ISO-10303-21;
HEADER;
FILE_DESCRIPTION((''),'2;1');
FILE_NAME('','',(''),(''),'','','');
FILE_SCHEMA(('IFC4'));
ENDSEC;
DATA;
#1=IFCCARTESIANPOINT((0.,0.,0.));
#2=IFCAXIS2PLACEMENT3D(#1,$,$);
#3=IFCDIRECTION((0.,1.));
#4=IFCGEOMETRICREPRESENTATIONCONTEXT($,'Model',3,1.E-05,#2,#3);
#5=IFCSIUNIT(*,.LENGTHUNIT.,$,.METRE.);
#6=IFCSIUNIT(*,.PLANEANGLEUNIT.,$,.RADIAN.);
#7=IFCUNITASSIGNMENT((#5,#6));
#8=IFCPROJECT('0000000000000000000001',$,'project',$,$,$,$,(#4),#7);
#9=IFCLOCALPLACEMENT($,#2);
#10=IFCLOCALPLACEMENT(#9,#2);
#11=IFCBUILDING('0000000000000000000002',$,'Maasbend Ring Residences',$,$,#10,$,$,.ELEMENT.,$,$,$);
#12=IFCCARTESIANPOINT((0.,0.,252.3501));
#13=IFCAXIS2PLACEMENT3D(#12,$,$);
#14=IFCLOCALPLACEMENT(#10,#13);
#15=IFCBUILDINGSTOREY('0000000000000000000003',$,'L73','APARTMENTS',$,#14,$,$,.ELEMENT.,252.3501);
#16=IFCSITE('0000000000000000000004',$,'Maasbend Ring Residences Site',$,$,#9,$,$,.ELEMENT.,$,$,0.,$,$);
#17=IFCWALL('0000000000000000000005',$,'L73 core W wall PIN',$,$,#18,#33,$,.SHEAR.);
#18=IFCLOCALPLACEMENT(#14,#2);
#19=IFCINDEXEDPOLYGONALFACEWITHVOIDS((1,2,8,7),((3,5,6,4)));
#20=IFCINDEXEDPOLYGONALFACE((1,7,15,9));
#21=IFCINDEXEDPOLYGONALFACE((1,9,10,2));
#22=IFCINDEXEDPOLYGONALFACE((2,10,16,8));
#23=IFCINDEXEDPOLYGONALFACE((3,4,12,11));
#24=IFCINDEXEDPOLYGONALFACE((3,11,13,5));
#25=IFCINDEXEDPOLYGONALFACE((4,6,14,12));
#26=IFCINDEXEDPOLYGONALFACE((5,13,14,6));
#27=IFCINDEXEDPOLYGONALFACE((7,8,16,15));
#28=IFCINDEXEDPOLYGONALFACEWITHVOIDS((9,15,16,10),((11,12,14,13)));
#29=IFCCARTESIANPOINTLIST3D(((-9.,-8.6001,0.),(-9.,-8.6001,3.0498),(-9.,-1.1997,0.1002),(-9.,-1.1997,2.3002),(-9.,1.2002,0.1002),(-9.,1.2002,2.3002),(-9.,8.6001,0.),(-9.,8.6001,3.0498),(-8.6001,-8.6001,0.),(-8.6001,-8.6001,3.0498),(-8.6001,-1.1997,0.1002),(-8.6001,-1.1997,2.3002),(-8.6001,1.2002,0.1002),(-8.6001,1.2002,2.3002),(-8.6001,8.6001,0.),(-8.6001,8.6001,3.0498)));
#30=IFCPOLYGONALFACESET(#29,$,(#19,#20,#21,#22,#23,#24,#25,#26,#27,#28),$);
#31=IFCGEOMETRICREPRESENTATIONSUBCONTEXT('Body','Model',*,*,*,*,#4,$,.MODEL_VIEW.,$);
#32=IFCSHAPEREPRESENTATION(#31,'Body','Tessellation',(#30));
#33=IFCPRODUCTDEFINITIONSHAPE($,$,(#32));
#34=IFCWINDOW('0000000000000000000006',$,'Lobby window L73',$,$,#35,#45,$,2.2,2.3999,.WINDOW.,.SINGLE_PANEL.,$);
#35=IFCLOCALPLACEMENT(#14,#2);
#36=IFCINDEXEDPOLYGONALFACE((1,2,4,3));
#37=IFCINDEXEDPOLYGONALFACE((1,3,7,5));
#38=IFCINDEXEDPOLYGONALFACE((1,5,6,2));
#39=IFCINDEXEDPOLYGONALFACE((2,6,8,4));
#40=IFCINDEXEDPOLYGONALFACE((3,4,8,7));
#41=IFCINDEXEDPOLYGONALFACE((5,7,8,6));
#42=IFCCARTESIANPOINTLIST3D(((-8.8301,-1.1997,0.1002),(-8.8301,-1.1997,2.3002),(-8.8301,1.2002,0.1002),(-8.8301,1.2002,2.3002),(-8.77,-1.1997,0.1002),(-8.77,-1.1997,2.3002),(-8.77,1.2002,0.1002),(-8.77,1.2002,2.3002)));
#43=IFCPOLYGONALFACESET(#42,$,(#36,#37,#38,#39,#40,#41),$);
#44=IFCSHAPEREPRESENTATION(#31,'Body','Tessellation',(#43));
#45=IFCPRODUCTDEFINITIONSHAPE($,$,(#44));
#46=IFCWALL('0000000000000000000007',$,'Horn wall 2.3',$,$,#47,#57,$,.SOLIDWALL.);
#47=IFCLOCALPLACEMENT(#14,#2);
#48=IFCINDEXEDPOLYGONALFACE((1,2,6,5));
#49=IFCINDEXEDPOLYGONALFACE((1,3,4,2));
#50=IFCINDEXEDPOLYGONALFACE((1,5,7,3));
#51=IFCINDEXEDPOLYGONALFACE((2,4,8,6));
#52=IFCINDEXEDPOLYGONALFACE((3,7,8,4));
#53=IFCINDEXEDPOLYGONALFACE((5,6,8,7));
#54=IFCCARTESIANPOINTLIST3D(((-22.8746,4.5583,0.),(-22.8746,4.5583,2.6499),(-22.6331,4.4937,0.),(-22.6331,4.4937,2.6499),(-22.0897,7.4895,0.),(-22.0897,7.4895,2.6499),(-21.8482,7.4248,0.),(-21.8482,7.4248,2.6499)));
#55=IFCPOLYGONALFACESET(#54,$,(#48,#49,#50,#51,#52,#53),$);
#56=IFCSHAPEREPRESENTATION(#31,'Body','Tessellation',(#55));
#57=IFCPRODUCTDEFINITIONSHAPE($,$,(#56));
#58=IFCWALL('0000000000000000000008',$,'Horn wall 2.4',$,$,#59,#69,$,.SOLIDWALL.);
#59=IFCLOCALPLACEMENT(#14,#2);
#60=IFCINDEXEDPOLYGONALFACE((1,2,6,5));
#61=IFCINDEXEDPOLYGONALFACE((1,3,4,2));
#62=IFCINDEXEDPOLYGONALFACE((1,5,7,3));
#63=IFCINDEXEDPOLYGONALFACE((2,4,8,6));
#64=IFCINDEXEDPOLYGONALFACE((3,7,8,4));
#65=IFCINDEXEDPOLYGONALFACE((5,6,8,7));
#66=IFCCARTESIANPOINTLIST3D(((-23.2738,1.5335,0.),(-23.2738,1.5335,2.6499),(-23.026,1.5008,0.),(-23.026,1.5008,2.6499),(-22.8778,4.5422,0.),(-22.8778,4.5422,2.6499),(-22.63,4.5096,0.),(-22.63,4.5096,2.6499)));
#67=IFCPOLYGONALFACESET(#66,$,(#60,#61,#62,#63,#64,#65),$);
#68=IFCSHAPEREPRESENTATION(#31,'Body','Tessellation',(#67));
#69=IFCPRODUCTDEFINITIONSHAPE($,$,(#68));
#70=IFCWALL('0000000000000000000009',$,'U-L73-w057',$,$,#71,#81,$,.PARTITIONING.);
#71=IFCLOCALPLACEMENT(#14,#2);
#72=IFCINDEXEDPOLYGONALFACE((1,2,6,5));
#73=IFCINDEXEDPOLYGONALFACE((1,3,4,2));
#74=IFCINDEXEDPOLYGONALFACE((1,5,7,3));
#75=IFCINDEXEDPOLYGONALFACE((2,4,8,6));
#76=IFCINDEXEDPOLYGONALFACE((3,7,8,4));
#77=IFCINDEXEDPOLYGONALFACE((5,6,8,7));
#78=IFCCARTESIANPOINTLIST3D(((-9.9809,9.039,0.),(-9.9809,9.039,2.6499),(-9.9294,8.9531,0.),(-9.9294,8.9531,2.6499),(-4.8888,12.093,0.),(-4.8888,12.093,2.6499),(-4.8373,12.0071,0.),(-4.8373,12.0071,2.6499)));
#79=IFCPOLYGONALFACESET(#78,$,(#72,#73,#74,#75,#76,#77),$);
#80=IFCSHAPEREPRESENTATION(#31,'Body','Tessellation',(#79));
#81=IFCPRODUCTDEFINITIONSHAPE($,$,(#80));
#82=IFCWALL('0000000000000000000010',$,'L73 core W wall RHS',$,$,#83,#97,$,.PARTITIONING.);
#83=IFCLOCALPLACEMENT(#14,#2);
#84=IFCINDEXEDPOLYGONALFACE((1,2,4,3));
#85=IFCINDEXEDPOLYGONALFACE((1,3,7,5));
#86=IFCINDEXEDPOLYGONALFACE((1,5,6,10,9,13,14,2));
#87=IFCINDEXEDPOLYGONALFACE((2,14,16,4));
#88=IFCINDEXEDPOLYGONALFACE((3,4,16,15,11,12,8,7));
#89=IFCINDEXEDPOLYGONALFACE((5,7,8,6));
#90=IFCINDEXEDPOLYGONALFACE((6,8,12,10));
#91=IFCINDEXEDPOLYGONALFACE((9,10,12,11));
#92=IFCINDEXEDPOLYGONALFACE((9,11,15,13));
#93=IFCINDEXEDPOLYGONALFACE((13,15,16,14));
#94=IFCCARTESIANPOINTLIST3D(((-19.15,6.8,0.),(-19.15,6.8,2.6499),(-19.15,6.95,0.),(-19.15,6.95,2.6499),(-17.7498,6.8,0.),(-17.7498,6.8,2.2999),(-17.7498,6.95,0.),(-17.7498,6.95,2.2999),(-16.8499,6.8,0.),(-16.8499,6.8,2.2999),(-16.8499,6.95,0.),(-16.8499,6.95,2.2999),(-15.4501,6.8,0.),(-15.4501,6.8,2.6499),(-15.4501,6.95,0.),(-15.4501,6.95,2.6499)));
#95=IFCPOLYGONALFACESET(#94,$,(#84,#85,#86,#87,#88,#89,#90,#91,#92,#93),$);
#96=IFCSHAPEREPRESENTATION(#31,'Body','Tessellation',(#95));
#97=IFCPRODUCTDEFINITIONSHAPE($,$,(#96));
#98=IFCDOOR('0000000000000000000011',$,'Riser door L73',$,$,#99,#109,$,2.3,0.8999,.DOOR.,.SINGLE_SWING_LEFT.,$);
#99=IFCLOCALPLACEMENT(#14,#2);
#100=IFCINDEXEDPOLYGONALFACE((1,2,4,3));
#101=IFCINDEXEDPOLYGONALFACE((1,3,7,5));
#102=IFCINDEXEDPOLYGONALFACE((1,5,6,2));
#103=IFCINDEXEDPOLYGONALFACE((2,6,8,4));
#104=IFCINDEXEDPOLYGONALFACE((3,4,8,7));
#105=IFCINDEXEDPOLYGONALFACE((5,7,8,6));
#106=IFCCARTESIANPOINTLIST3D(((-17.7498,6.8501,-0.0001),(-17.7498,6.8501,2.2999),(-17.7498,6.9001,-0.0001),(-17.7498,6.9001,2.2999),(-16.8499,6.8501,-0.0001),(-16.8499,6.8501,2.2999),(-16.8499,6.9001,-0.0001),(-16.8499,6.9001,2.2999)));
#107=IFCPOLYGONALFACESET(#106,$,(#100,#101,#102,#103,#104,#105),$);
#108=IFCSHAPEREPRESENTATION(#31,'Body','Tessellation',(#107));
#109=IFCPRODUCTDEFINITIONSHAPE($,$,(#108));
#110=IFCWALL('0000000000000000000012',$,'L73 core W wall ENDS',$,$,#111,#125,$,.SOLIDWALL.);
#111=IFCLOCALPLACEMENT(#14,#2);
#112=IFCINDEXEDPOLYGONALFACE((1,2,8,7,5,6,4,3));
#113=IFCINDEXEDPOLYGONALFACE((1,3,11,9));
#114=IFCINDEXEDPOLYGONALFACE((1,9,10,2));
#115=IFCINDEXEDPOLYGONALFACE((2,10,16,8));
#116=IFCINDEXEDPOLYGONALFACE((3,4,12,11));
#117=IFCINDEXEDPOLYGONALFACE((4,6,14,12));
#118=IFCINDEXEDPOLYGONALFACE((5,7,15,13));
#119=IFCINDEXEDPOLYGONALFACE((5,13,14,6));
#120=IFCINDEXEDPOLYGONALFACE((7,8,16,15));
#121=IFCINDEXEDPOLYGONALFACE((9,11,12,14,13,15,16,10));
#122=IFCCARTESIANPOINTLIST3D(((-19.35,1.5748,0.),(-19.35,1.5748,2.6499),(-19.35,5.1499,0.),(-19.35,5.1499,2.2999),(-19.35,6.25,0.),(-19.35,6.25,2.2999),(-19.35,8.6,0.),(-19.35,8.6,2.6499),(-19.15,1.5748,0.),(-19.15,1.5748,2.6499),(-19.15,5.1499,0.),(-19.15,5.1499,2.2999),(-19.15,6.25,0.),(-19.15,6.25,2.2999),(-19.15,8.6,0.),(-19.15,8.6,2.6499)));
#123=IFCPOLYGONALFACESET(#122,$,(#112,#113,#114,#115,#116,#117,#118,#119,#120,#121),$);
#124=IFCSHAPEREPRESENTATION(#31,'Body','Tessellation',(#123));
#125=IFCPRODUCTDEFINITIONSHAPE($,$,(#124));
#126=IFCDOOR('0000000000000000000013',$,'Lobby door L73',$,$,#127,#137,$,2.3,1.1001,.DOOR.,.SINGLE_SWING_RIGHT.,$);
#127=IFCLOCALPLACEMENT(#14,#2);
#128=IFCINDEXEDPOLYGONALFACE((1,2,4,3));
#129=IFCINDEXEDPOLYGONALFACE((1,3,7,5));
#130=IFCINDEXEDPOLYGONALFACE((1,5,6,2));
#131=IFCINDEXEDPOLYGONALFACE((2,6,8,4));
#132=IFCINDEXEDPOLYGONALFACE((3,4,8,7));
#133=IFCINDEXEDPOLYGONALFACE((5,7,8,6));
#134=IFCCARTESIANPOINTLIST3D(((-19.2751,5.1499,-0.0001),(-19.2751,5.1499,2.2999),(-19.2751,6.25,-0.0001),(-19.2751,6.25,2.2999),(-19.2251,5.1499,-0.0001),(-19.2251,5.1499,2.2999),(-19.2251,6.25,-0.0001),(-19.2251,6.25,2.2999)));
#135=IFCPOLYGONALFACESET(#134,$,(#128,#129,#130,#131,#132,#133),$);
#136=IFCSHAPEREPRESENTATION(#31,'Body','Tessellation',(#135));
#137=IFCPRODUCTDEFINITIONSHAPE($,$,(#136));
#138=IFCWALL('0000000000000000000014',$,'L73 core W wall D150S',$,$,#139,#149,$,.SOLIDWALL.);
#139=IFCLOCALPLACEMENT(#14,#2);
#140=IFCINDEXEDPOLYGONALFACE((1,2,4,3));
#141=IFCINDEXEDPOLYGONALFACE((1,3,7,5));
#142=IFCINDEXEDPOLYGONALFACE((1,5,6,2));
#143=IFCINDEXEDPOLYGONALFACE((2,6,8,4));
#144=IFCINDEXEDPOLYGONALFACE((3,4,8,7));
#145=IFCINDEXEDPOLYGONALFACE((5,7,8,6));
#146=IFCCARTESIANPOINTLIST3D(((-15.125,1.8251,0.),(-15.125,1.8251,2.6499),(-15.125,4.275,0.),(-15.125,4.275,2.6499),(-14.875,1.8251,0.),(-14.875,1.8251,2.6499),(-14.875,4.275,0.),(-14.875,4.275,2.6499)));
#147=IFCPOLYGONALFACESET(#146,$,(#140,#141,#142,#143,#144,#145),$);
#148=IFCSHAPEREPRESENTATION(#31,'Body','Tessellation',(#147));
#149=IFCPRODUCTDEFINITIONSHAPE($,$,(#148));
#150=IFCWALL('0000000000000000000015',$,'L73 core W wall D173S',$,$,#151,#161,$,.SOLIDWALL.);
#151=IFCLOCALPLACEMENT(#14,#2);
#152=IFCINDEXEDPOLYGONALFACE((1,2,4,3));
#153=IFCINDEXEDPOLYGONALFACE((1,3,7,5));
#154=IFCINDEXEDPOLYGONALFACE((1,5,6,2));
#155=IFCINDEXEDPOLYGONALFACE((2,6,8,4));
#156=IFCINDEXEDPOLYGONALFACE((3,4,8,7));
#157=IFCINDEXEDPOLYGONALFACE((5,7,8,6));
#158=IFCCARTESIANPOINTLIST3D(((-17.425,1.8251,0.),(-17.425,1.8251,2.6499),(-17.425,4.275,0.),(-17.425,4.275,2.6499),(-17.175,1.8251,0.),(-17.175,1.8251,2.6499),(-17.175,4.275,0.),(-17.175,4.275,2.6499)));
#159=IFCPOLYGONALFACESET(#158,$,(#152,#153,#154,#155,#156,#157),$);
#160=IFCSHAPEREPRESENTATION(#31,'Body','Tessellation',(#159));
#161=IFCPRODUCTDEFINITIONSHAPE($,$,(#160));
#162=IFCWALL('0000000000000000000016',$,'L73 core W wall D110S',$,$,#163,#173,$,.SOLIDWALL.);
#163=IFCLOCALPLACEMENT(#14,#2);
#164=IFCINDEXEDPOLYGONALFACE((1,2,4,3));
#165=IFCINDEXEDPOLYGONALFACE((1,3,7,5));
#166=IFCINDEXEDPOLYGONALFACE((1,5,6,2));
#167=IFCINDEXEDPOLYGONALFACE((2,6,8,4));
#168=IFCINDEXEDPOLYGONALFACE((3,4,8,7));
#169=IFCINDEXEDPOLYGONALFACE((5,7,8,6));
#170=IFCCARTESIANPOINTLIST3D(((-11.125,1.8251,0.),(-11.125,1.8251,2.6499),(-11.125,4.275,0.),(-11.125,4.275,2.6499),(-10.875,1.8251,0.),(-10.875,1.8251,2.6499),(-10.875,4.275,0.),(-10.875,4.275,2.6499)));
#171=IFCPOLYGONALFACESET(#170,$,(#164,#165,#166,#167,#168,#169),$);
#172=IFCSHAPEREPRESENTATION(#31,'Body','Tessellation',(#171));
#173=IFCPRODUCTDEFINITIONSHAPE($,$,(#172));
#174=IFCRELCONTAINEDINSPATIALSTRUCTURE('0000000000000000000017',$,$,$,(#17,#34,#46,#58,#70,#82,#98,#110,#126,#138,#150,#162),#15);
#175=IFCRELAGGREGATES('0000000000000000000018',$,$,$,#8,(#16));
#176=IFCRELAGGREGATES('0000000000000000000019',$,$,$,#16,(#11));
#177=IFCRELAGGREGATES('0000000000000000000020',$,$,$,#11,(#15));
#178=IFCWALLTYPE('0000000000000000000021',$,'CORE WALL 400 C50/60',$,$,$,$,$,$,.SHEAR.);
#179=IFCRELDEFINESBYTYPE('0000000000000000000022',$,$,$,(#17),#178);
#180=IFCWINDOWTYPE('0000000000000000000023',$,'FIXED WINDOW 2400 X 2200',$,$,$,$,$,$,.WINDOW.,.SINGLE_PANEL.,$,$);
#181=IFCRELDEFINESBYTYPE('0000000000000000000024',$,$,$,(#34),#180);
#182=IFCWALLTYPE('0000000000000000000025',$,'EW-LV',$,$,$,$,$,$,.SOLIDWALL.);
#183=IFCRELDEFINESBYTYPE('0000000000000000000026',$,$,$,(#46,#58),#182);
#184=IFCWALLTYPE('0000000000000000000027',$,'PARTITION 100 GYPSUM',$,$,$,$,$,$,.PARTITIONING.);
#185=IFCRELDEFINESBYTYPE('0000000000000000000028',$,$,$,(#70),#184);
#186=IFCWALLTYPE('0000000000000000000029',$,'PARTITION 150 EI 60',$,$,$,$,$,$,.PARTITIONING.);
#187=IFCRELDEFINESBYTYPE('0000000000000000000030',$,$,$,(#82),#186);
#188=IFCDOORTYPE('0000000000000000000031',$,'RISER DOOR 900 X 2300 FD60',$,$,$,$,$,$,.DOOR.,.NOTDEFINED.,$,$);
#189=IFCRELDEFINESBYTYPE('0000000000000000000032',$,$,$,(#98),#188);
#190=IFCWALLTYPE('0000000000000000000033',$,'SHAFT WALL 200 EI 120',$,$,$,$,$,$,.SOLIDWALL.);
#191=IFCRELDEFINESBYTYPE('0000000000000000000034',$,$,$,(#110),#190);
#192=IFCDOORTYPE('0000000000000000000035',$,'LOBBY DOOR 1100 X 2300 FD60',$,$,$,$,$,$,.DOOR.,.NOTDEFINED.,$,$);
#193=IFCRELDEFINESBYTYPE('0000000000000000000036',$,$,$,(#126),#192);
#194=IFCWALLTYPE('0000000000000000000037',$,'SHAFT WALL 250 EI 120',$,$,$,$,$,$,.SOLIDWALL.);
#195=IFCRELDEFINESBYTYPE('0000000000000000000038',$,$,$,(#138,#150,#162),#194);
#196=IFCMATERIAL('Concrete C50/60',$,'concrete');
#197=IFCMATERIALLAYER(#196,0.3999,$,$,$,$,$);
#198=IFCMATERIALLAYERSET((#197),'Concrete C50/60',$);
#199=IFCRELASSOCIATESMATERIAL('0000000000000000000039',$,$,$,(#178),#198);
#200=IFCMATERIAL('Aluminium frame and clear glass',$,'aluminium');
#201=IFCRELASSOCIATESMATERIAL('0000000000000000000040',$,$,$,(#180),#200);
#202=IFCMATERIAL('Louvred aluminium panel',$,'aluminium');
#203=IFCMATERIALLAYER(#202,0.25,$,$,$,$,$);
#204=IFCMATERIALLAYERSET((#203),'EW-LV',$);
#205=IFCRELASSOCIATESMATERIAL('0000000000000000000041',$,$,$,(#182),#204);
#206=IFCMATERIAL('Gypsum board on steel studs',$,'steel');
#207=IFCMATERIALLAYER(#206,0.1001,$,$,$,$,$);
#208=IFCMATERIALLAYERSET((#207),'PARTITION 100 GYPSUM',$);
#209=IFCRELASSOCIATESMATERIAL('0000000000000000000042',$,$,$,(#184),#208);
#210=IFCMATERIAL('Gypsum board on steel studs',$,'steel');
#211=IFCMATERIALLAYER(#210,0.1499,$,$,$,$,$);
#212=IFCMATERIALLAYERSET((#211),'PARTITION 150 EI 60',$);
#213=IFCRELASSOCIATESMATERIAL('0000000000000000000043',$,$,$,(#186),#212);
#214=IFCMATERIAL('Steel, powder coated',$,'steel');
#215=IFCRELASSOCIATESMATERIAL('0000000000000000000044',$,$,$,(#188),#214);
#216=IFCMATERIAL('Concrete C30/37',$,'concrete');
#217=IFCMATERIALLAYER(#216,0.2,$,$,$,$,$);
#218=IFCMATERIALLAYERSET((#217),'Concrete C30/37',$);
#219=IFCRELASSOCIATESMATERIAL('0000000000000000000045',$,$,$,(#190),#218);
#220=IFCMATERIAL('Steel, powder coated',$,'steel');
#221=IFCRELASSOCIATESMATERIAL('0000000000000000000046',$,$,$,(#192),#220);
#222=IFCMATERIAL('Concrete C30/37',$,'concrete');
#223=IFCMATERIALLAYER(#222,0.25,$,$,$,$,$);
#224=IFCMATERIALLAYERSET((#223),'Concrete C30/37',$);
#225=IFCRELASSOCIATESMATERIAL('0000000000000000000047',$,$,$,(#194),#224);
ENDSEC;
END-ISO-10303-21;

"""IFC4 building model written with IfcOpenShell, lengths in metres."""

from ifc_helpers import new_model, si_unit, direction, frame, frame_2d, origin, place, context, subcontext, project, spatial, rectangle, extrude, material, layer, layer_set, type_object, element, fill, save


model = new_model("IFC4")

# Units and contexts
model_context = context("Model", 3, precision=1e-05, world=origin(), true_north=direction((0.0, 1.0)))
body_context = subcontext(model_context, "Body", "Model", "MODEL_VIEW")
ifc_project = project(units=[si_unit("LENGTHUNIT", "METRE"), si_unit("PLANEANGLEUNIT", "RADIAN")], contexts=[model_context])

# Site, building, storey
site_placement = place(None, origin())
site = spatial("IfcSite", under=ifc_project, at=site_placement, Name="Maasbend Ring Residences Site", CompositionType="ELEMENT", RefElevation=0.0)
building_placement = place(site_placement, origin())
building = spatial("IfcBuilding", under=site, at=building_placement, Name="Maasbend Ring Residences", CompositionType="ELEMENT")
storey_placement = place(building_placement, frame((0.0, 0.0, 252.3501)))
storey = spatial("IfcBuildingStorey", under=building, at=storey_placement, Name="L73", Description="APARTMENTS", CompositionType="ELEMENT", Elevation=252.3501)

# Wall, opening, window
ifc_material_1 = material(Name="Concrete C50/60", Category="concrete")
ifc_layer_1 = layer(ifc_material_1, 0.3999)
ifc_layer_set_1 = layer_set([ifc_layer_1], Name="Concrete C50/60")
wall_type_1 = type_object("IfcWallType", Name="CORE WALL 400 C50/60", PredefinedType="SHEAR", material=ifc_layer_set_1)
ifc_material_2 = material(Name="Aluminium frame and clear glass", Category="aluminium")
window_type = type_object("IfcWindowType", Name="FIXED WINDOW 2400 X 2200", PartitioningType="SINGLE_PANEL", PredefinedType="WINDOW", material=ifc_material_2)
wall_1_placement = place(storey_placement, frame((-8.8, 8.6001, 0.0), z_axis=(0.0, 0.0, 1.0), x_axis=(0.0, -1.0, 0.0)))
wall_1 = element("IfcWall", 1, at=wall_1_placement, inside=storey, type_object=wall_type_1, Name="L73 core W wall PIN", PredefinedType="SHEAR", context=body_context, shape_type="SweptSolid", body=[
    extrude(rectangle(XDim=17.2002, YDim=0.3999, at=frame_2d((8.6001, 0.0))), origin(), (0.0, 0.0, 1.0), 3.0498),
])
opening_1_placement = place(wall_1_placement, frame((7.3999, 0.0, 0.1001)))
opening_1 = element("IfcOpeningElement", 2, at=opening_1_placement, cuts=wall_1, PredefinedType="OPENING", context=body_context, shape_type="SweptSolid", body=[
    extrude(rectangle(XDim=2.3999, YDim=2.2, at=frame_2d((1.2, 1.1001))), frame((0.0, 0.21, 0.0), z_axis=(0.0, -1.0, 0.0), x_axis=(1.0, 0.0, 0.0)), (0.0, 0.0, 1.0), 0.4199),
])
window_1_placement = place(opening_1_placement, origin())
window_1 = element("IfcWindow", 3, at=window_1_placement, inside=storey, type_object=window_type, Name="Lobby window L73", OverallHeight=2.2, OverallWidth=2.3999, PartitioningType="SINGLE_PANEL", PredefinedType="WINDOW", context=body_context, shape_type="SweptSolid", body=[
    extrude(rectangle(XDim=2.3999, YDim=2.2, at=frame_2d((1.2, 1.1001))), frame((0.0, 0.03, 0.0), z_axis=(0.0, -1.0, 0.0), x_axis=(1.0, 0.0, 0.0)), (0.0, 0.0, 1.0), 0.0601),
])
fill(opening_1, window_1)

# Walls
ifc_material_3 = material(Name="Louvred aluminium panel", Category="aluminium")
ifc_layer_2 = layer(ifc_material_3, 0.25)
ifc_layer_set_2 = layer_set([ifc_layer_2], Name="EW-LV")
wall_type_2 = type_object("IfcWallType", Name="EW-LV", PredefinedType="SOLIDWALL", material=ifc_layer_set_2)
wall_2_placement = place(storey_placement, frame((-21.969, 7.457, 0.0), z_axis=(0.0, 0.0, 1.0), x_axis=(-0.258669, -0.965966, 0.0)))
element("IfcWall", 4, at=wall_2_placement, inside=storey, type_object=wall_type_2, Name="Horn wall 2.3", PredefinedType="SOLIDWALL", context=body_context, shape_type="SweptSolid", body=[
    extrude(rectangle(XDim=3.0344, YDim=0.25, at=frame_2d((1.5171, 0.0))), origin(), (0.0, 0.0, 1.0), 2.6499),
])
wall_3_placement = place(storey_placement, frame((-22.7539, 4.5259, 0.0), z_axis=(0.0, 0.0, 1.0), x_axis=(-0.130488, -0.99145, 0.0)))
element("IfcWall", 5, at=wall_3_placement, inside=storey, type_object=wall_type_2, Name="Horn wall 2.4", PredefinedType="SOLIDWALL", context=body_context, shape_type="SweptSolid", body=[
    extrude(rectangle(XDim=3.0347, YDim=0.25, at=frame_2d((1.5173, 0.0))), origin(), (0.0, 0.0, 1.0), 2.6499),
])
ifc_material_4 = material(Name="Gypsum board on steel studs", Category="steel")
ifc_layer_3 = layer(ifc_material_4, 0.1001)
ifc_layer_set_3 = layer_set([ifc_layer_3], Name="PARTITION 100 GYPSUM")
wall_type_3 = type_object("IfcWallType", Name="PARTITION 100 GYPSUM", PredefinedType="PARTITIONING", material=ifc_layer_set_3)
wall_4_placement = place(storey_placement, frame((-9.9551, 8.9961, 0.0), z_axis=(0.0, 0.0, 1.0), x_axis=(0.857587, 0.514339, 0.0)))
element("IfcWall", 6, at=wall_4_placement, inside=storey, type_object=wall_type_3, Name="U-L73-w057", PredefinedType="PARTITIONING", context=body_context, shape_type="SweptSolid", body=[
    extrude(rectangle(XDim=5.9377, YDim=0.1001, at=frame_2d((2.9688, 0.0))), origin(), (0.0, 0.0, 1.0), 2.6499),
])

# Walls, openings, doors
ifc_material_5 = material(Name="Gypsum board on steel studs", Category="steel")
ifc_layer_4 = layer(ifc_material_5, 0.1499)
ifc_layer_set_4 = layer_set([ifc_layer_4], Name="PARTITION 150 EI 60")
wall_type_4 = type_object("IfcWallType", Name="PARTITION 150 EI 60", PredefinedType="PARTITIONING", material=ifc_layer_set_4)
wall_5_placement = place(storey_placement, frame((-15.45, 6.875, 0.0), z_axis=(0.0, 0.0, 1.0), x_axis=(-1.0, 0.0, 0.0)))
wall_5 = element("IfcWall", 7, at=wall_5_placement, inside=storey, type_object=wall_type_4, Name="L73 core W wall RHS", PredefinedType="PARTITIONING", context=body_context, shape_type="SweptSolid", body=[
    extrude(rectangle(XDim=3.7, YDim=0.1499, at=frame_2d((1.8501, 0.0))), origin(), (0.0, 0.0, 1.0), 2.6499),
])
opening_2_placement = place(wall_5_placement, frame((1.3999, 0.0, 0.0)))
opening_2 = element("IfcOpeningElement", 8, at=opening_2_placement, cuts=wall_5, PredefinedType="OPENING", context=body_context, shape_type="SweptSolid", body=[
    extrude(rectangle(XDim=0.8999, YDim=2.3, at=frame_2d((0.45, 1.1499))), frame((0.0, 0.085, 0.0), z_axis=(0.0, -1.0, 0.0), x_axis=(1.0, 0.0, 0.0)), (0.0, 0.0, 1.0), 0.1699),
])
ifc_material_6 = material(Name="Steel, powder coated", Category="steel")
door_type_1 = type_object("IfcDoorType", Name="RISER DOOR 900 X 2300 FD60", OperationType="NOTDEFINED", PredefinedType="DOOR", material=ifc_material_6)
door_1_placement = place(opening_2_placement, origin())
door_1 = element("IfcDoor", 9, at=door_1_placement, inside=storey, type_object=door_type_1, Name="Riser door L73", OperationType="SINGLE_SWING_LEFT", OverallHeight=2.3, OverallWidth=0.8999, PredefinedType="DOOR", context=body_context, shape_type="SweptSolid", body=[
    extrude(rectangle(XDim=0.8999, YDim=2.3, at=frame_2d((0.45, 1.1499))), frame((0.0, 0.0249, 0.0), z_axis=(0.0, -1.0, 0.0), x_axis=(1.0, 0.0, 0.0)), (0.0, 0.0, 1.0), 0.05),
])
fill(opening_2, door_1)
ifc_material_7 = material(Name="Concrete C30/37", Category="concrete")
ifc_layer_5 = layer(ifc_material_7, 0.2)
ifc_layer_set_5 = layer_set([ifc_layer_5], Name="Concrete C30/37")
wall_type_5 = type_object("IfcWallType", Name="SHAFT WALL 200 EI 120", PredefinedType="SOLIDWALL", material=ifc_layer_set_5)
wall_6_placement = place(storey_placement, frame((-19.25, 8.6001, 0.0), z_axis=(0.0, 0.0, 1.0), x_axis=(0.0, -1.0, 0.0)))
wall_6 = element("IfcWall", 10, at=wall_6_placement, inside=storey, type_object=wall_type_5, Name="L73 core W wall ENDS", PredefinedType="SOLIDWALL", context=body_context, shape_type="SweptSolid", body=[
    extrude(rectangle(XDim=7.0251, YDim=0.2, at=frame_2d((3.5127, 0.0))), origin(), (0.0, 0.0, 1.0), 2.6499),
])
opening_3_placement = place(wall_6_placement, frame((2.3501, 0.0, 0.0)))
opening_3 = element("IfcOpeningElement", 11, at=opening_3_placement, cuts=wall_6, PredefinedType="OPENING", context=body_context, shape_type="SweptSolid", body=[
    extrude(rectangle(XDim=1.1001, YDim=2.3, at=frame_2d((0.55, 1.1499))), frame((0.0, 0.1099, 0.0), z_axis=(0.0, -1.0, 0.0), x_axis=(1.0, 0.0, 0.0)), (0.0, 0.0, 1.0), 0.22),
])
ifc_material_8 = material(Name="Steel, powder coated", Category="steel")
door_type_2 = type_object("IfcDoorType", Name="LOBBY DOOR 1100 X 2300 FD60", OperationType="NOTDEFINED", PredefinedType="DOOR", material=ifc_material_8)
door_2_placement = place(opening_3_placement, origin())
door_2 = element("IfcDoor", 12, at=door_2_placement, inside=storey, type_object=door_type_2, Name="Lobby door L73", OperationType="SINGLE_SWING_RIGHT", OverallHeight=2.3, OverallWidth=1.1001, PredefinedType="DOOR", context=body_context, shape_type="SweptSolid", body=[
    extrude(rectangle(XDim=1.1001, YDim=2.3, at=frame_2d((0.55, 1.1499))), frame((0.0, 0.0249, 0.0), z_axis=(0.0, -1.0, 0.0), x_axis=(1.0, 0.0, 0.0)), (0.0, 0.0, 1.0), 0.05),
])
fill(opening_3, door_2)

# Walls
ifc_material_9 = material(Name="Concrete C30/37", Category="concrete")
ifc_layer_6 = layer(ifc_material_9, 0.25)
ifc_layer_set_6 = layer_set([ifc_layer_6], Name="Concrete C30/37")
wall_type_6 = type_object("IfcWallType", Name="SHAFT WALL 250 EI 120", PredefinedType="SOLIDWALL", material=ifc_layer_set_6)
for number, where, z_axis, x_axis, name in (
    (13, (-15.0, 1.825, 0.0), (0.0, 0.0, 1.0), (0.0, 1.0, 0.0), "L73 core W wall D150S"),
    (14, (-17.3, 1.825, 0.0), (0.0, 0.0, 1.0), (0.0, 1.0, 0.0), "L73 core W wall D173S"),
    (15, (-11.0, 1.825, 0.0), (0.0, 0.0, 1.0), (0.0, 1.0, 0.0), "L73 core W wall D110S"),
):
    element("IfcWall", number, at=place(storey_placement, frame(where, z_axis=z_axis, x_axis=x_axis)), inside=storey, type_object=wall_type_6, Name=name, PredefinedType="SOLIDWALL", context=body_context, shape_type="SweptSolid", body=[
        extrude(rectangle(XDim=2.45, YDim=0.25, at=frame_2d((1.2251, 0.0))), origin(), (0.0, 0.0, 1.0), 2.6499),
    ])

save(model, "model.ifc")
